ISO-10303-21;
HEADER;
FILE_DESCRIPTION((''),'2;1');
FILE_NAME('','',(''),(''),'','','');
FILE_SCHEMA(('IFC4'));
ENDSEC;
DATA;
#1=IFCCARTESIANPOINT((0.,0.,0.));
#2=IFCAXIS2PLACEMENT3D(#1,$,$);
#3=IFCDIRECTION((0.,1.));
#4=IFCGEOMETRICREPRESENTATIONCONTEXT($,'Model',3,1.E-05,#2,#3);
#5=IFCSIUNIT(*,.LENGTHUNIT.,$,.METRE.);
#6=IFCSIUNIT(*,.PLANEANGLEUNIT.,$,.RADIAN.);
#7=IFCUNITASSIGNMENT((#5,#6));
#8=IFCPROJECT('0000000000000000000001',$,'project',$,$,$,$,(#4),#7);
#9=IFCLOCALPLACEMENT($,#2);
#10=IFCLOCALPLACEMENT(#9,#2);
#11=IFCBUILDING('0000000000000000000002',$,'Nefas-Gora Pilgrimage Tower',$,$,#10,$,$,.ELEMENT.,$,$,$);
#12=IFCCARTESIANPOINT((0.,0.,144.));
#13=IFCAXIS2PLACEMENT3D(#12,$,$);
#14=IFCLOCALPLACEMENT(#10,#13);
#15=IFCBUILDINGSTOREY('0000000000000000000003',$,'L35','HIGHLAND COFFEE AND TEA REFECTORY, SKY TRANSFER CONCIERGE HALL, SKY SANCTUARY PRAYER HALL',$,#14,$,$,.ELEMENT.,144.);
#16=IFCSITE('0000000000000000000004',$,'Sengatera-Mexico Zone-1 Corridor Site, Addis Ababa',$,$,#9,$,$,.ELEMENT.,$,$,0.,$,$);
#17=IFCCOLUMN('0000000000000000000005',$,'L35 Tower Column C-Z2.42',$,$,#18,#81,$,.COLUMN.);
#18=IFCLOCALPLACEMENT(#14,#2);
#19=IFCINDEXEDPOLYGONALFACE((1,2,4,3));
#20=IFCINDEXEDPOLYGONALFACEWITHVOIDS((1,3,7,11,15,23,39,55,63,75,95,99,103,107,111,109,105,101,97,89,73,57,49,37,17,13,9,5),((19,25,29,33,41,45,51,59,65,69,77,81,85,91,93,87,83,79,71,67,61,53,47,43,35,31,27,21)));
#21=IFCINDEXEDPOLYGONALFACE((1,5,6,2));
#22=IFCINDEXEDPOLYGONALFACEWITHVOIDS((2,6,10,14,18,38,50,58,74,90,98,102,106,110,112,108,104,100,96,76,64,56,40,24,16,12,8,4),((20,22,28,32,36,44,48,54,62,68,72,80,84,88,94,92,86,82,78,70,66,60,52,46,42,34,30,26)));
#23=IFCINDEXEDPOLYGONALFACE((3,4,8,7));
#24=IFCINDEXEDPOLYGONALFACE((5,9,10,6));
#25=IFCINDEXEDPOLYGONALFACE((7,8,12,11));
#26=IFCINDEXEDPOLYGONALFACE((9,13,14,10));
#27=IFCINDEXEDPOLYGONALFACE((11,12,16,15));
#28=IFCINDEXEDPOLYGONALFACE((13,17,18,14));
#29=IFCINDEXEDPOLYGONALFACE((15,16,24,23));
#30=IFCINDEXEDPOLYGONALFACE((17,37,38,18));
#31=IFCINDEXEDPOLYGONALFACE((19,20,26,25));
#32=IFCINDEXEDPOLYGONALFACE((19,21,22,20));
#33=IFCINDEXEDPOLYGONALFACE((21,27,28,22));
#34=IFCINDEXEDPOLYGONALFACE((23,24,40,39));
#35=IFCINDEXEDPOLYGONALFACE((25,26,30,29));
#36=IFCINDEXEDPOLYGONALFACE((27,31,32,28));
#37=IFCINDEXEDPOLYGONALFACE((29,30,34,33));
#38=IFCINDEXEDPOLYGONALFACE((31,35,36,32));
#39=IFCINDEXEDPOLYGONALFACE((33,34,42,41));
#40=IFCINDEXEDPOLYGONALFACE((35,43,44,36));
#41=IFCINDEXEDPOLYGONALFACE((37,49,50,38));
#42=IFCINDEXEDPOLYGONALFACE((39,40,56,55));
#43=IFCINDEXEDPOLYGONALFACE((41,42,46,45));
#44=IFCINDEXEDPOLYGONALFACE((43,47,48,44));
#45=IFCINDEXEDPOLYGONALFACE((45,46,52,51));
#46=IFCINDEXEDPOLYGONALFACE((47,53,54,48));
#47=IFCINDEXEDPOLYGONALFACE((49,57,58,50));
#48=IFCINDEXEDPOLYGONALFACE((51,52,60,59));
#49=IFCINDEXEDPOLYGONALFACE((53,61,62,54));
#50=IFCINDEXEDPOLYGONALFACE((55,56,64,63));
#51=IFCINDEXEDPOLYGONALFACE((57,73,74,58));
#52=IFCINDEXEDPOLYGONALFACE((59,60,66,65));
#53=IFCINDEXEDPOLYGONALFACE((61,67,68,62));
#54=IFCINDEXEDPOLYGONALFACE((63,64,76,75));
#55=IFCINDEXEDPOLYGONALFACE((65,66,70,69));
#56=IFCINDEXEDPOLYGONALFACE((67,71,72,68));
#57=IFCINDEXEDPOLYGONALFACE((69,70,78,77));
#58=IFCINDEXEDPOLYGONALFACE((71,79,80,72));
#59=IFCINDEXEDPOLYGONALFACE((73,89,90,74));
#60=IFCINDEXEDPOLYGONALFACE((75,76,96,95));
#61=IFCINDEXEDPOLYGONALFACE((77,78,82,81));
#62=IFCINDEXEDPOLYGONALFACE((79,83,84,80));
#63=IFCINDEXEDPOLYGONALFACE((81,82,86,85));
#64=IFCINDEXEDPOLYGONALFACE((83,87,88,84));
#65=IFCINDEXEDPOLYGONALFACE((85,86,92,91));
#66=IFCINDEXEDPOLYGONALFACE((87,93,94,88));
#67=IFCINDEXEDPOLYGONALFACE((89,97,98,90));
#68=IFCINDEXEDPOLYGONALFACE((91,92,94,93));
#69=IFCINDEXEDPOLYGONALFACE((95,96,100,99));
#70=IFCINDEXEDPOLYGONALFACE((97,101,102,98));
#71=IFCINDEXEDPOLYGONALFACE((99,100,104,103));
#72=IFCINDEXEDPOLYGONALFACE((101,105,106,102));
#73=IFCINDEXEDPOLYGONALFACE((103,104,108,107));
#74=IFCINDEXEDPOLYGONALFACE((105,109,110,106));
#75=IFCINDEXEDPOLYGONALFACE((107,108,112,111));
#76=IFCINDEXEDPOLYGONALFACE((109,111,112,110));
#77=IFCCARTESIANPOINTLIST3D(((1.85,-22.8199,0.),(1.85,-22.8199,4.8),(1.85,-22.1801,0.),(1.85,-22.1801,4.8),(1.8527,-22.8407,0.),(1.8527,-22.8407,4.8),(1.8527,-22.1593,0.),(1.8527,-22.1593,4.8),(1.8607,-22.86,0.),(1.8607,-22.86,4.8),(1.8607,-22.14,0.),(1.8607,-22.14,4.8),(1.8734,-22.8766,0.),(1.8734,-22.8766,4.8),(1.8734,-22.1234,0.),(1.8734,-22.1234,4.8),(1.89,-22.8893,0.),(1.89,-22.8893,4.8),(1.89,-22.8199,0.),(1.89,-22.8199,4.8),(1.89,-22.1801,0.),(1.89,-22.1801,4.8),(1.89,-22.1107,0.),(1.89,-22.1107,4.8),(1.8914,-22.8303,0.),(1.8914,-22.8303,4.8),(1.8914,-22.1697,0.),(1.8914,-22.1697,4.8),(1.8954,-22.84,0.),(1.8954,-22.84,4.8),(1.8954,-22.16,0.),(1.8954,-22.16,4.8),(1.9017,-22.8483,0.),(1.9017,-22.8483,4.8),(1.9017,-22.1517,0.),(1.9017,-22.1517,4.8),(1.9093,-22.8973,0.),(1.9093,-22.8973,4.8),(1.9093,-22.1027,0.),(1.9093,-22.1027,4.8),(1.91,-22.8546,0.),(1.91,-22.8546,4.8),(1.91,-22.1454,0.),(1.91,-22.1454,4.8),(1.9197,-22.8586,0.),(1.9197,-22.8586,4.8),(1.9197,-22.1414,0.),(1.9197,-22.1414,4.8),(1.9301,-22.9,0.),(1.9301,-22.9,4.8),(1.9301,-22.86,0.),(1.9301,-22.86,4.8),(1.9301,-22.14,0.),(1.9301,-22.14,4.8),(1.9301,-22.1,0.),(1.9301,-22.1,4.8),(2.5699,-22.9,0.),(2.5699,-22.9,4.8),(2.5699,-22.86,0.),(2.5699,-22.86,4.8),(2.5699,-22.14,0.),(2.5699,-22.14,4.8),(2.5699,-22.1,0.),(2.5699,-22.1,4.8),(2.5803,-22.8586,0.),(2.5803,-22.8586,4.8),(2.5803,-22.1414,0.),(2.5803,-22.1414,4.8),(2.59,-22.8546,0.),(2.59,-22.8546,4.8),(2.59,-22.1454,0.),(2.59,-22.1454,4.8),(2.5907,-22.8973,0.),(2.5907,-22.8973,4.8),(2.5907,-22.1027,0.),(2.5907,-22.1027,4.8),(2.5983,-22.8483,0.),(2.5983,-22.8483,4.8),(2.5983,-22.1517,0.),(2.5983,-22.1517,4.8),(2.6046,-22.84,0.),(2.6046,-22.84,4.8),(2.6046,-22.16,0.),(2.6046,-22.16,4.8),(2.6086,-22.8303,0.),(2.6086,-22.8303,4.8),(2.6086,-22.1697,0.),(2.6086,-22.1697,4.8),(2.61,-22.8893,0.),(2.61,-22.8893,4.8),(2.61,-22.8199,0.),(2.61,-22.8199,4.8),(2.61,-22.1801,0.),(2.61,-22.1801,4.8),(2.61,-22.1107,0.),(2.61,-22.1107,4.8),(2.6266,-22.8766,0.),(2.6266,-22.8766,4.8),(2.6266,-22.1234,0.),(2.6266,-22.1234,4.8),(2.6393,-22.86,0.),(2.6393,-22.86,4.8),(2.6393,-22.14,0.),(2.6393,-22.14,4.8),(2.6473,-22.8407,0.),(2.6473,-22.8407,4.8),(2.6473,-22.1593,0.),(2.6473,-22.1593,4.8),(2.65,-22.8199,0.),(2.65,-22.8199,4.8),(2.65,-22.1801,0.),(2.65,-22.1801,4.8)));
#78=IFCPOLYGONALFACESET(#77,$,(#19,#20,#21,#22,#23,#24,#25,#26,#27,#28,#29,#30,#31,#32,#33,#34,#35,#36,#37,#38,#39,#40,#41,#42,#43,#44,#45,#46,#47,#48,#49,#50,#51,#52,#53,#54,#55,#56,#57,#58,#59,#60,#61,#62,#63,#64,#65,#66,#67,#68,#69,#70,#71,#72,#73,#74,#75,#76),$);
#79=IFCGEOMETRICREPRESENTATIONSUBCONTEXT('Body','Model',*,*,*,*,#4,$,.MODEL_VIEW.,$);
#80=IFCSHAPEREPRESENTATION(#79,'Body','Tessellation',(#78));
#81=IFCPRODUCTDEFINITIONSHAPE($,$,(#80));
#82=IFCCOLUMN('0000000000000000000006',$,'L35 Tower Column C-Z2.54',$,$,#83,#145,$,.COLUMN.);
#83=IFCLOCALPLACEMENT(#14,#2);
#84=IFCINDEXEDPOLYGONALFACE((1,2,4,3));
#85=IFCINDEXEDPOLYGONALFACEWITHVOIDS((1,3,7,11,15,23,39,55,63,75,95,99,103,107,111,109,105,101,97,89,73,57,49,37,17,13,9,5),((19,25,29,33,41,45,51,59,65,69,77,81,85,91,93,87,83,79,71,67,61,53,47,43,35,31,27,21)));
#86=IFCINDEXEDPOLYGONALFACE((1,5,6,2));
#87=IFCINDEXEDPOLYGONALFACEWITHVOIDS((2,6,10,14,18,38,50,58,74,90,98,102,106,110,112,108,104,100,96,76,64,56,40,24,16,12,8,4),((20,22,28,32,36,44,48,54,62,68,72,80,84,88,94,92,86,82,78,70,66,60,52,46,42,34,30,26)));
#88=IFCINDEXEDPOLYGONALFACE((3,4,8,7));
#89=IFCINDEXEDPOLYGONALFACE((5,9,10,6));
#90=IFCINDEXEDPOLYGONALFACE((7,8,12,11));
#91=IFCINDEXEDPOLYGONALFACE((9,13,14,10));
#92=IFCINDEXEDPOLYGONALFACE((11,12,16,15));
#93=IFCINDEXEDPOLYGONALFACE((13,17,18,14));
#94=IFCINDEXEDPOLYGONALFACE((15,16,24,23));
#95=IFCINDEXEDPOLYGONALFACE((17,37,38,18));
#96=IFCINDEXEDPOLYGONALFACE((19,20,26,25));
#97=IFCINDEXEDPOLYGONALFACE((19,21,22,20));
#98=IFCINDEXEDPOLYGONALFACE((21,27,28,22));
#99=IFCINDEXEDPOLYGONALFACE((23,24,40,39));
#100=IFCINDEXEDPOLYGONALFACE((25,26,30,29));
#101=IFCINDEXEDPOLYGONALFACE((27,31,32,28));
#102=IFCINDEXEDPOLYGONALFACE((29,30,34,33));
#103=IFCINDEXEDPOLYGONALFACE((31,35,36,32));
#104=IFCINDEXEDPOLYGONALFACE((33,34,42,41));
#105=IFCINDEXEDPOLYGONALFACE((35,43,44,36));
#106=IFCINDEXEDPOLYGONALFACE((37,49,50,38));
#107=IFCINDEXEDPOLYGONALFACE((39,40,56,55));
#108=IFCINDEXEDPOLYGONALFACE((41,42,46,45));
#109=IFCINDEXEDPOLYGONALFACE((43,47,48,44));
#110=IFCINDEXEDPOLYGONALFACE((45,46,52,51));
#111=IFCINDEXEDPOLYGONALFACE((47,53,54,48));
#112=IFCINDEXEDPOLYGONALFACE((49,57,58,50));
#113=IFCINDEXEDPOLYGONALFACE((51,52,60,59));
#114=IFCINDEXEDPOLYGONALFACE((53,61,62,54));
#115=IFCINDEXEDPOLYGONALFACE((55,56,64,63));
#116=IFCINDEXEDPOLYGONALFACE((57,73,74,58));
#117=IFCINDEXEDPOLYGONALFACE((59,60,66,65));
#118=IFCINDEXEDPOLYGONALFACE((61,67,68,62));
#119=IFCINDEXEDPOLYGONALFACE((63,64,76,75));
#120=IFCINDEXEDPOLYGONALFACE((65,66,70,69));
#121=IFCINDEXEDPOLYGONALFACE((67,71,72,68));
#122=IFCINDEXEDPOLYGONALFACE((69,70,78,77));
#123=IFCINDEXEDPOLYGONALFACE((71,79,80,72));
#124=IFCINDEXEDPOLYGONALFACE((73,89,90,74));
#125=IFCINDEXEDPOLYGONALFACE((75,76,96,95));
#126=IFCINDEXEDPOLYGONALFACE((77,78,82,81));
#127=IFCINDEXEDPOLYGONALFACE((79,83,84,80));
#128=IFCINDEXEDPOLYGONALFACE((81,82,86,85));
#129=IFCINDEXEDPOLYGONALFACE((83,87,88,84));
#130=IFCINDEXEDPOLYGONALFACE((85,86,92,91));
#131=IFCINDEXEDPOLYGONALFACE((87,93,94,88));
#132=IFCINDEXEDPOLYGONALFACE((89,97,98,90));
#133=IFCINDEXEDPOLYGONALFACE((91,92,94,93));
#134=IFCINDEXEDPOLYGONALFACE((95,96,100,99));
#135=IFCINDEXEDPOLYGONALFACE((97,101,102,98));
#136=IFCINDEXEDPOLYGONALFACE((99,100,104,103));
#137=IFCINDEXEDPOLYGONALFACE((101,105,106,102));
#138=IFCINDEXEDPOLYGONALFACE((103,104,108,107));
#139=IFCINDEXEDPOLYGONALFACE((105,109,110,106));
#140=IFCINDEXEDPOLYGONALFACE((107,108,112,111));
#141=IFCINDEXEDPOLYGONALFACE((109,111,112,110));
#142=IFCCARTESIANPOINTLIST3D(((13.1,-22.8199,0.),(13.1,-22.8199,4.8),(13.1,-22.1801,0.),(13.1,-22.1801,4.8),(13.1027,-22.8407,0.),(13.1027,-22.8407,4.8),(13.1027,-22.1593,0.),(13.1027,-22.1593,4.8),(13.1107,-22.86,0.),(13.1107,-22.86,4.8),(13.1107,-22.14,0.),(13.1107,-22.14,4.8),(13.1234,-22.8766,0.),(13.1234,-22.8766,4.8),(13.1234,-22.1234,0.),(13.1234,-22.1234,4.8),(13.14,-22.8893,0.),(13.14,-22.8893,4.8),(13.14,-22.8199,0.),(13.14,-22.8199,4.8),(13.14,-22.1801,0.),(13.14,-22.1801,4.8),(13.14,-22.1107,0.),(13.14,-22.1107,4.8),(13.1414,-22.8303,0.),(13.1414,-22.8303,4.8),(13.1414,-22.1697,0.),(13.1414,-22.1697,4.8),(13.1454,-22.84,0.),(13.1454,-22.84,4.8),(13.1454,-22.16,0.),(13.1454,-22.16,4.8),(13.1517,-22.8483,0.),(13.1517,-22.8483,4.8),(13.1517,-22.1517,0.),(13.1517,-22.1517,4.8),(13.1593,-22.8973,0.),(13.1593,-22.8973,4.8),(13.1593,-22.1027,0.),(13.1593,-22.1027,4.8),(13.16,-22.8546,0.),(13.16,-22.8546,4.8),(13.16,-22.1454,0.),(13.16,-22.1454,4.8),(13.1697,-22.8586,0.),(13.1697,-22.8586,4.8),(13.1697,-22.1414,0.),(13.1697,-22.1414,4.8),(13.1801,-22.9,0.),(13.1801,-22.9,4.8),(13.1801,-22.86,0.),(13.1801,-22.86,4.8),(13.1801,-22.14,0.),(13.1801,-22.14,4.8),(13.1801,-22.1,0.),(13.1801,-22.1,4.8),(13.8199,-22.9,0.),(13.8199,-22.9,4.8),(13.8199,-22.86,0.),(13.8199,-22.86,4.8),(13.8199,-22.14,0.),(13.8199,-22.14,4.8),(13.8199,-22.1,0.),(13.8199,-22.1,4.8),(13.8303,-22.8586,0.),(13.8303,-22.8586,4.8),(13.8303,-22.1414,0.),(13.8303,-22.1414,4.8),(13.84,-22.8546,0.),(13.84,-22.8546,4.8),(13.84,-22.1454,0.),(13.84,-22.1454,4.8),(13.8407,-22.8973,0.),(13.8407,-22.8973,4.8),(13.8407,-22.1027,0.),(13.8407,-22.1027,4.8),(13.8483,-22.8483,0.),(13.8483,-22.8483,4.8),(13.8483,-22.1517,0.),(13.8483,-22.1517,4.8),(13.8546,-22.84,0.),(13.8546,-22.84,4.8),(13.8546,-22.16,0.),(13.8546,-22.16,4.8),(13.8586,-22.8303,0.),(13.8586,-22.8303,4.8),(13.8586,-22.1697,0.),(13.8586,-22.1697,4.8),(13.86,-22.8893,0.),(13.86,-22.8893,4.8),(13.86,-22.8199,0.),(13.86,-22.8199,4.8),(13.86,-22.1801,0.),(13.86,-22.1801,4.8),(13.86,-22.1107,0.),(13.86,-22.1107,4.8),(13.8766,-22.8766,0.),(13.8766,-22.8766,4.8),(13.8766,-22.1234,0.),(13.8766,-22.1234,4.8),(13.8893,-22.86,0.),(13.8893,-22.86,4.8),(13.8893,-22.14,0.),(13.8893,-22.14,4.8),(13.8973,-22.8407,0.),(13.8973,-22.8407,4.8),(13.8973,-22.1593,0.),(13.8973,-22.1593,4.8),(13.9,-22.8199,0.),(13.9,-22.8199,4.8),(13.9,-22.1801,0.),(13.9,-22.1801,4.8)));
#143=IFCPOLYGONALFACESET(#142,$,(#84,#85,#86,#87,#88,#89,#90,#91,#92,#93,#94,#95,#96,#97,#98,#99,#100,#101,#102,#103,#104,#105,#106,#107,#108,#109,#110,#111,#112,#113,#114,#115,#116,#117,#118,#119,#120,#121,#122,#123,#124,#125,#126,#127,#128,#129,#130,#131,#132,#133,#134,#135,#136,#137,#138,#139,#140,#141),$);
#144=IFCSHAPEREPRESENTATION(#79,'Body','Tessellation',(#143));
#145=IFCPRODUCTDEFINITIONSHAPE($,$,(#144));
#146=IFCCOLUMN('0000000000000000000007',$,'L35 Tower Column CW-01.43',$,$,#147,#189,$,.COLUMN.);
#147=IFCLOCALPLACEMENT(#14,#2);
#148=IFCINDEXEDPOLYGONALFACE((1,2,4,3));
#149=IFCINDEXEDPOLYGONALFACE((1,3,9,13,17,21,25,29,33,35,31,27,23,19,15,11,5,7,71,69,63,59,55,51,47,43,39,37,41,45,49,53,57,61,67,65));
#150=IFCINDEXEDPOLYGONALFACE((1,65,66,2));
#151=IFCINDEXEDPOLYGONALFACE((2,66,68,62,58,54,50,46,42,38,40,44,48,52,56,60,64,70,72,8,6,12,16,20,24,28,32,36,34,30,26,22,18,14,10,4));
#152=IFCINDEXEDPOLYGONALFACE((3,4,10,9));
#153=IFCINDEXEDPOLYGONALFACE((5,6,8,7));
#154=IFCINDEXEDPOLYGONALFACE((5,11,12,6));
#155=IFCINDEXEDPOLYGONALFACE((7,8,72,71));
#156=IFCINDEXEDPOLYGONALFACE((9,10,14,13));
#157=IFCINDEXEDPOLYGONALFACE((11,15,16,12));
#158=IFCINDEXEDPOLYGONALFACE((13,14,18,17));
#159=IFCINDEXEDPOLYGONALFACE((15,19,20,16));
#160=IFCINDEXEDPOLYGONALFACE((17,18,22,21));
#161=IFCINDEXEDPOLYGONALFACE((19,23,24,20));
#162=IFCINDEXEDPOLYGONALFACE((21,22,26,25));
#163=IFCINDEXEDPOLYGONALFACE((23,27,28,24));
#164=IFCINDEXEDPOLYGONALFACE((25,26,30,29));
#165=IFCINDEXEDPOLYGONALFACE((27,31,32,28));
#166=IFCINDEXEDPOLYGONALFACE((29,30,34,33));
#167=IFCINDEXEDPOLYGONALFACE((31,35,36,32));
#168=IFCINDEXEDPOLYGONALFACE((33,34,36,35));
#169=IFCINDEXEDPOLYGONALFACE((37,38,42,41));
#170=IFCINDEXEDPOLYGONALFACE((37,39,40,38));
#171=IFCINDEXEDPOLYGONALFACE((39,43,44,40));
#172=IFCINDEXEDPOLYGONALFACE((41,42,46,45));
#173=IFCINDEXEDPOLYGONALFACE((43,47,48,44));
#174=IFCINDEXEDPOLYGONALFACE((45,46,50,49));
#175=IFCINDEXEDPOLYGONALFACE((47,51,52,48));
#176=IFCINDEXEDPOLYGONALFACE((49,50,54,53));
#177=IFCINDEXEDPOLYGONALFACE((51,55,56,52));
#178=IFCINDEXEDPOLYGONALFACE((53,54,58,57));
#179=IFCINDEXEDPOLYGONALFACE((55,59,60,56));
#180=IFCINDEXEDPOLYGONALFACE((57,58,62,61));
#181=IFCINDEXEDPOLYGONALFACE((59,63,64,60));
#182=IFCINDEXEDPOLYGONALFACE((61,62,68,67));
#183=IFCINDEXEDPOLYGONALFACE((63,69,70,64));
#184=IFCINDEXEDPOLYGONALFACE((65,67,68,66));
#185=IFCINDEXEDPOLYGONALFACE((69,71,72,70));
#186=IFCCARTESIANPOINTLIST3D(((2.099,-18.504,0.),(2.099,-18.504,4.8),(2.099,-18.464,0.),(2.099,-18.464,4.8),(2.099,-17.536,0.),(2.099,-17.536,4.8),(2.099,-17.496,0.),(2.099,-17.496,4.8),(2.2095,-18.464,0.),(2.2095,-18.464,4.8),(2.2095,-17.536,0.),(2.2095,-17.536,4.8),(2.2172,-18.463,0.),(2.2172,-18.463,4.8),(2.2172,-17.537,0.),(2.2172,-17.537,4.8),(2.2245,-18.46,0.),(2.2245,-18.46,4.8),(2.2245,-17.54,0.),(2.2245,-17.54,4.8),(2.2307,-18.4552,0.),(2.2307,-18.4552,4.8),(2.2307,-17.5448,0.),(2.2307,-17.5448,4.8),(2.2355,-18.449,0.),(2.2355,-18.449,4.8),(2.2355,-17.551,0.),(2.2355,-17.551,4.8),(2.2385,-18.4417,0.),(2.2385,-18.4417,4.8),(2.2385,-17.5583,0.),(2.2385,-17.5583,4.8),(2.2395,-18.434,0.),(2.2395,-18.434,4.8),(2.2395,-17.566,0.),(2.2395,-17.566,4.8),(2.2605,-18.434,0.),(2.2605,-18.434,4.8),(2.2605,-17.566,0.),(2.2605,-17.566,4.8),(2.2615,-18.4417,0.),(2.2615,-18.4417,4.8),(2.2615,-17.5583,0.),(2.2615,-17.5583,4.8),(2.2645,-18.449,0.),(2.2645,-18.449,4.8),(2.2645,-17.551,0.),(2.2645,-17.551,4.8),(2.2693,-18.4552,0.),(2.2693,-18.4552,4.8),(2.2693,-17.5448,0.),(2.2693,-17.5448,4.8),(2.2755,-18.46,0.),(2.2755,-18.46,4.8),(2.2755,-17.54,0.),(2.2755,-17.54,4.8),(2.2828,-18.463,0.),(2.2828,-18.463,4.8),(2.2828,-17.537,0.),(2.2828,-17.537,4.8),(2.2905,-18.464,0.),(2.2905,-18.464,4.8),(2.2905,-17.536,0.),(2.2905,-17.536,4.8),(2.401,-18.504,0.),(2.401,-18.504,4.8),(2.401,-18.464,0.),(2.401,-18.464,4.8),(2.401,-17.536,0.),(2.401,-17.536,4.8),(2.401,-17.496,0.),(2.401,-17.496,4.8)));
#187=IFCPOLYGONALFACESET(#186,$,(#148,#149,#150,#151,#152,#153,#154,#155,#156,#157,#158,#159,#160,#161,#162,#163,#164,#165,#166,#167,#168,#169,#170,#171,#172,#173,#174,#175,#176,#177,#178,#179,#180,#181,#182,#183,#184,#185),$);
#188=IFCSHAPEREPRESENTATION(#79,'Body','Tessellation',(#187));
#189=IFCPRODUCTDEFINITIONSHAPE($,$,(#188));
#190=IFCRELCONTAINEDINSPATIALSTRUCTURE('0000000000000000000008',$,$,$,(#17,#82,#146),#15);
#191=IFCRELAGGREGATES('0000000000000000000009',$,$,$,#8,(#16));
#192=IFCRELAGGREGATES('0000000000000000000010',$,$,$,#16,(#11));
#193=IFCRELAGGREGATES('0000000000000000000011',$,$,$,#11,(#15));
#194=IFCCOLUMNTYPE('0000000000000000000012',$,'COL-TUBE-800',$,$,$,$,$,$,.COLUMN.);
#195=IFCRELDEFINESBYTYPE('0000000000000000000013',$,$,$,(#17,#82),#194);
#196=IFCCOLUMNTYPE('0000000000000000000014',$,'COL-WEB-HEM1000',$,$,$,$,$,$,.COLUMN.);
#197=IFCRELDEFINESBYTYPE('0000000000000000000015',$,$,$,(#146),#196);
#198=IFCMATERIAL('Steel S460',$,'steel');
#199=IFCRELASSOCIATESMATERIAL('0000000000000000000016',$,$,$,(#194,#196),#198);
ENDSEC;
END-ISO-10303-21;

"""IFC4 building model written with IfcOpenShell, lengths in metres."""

from ifc_helpers import new_model, si_unit, direction, frame, origin, origin_2d, place, context, subcontext, project, spatial, hollow_rectangle, i_section, extrude, source, transform, mapped, material, material_profile, profile_set, type_object, element, save


model = new_model("IFC4")

# Units and contexts
model_context = context("Model", 3, precision=1e-05, world=origin(), true_north=direction((0.0, 1.0)))
body_context = subcontext(model_context, "Body", "Model", "MODEL_VIEW")
ifc_project = project(units=[si_unit("LENGTHUNIT", "METRE"), si_unit("PLANEANGLEUNIT", "RADIAN")], contexts=[model_context])

# Site, building, storey
site_placement = place(None, origin())
site = spatial("IfcSite", under=ifc_project, at=site_placement, Name="Sengatera-Mexico Zone-1 Corridor Site, Addis Ababa", CompositionType="ELEMENT", RefElevation=0.0)
building_placement = place(site_placement, origin())
building = spatial("IfcBuilding", under=site, at=building_placement, Name="Nefas-Gora Pilgrimage Tower", CompositionType="ELEMENT")
storey_placement = place(building_placement, frame((0.0, 0.0, 144.0)))
storey = spatial("IfcBuildingStorey", under=building, at=storey_placement, Name="L35", Description="HIGHLAND COFFEE AND TEA REFECTORY, SKY TRANSFER CONCIERGE HALL, SKY SANCTUARY PRAYER HALL", CompositionType="ELEMENT", Elevation=144.0)

# Columns
ifc_material_1 = material(Name="Steel S460", Category="steel")
ifc_material_profile_1 = material_profile(ifc_material_1, hollow_rectangle(XDim=0.8, YDim=0.8, WallThickness=0.04, InnerFilletRadius=0.04, OuterFilletRadius=0.0801, at=origin_2d()), Name="BOX 800x800x40")
ifc_profile_set_1 = profile_set([ifc_material_profile_1], Name="Steel S460")
column_type_1 = type_object("IfcColumnType", Name="COL-TUBE-800", PredefinedType="COLUMN", material=ifc_profile_set_1)
shared_shape_1 = source(origin(), body_context, "Body", "SweptSolid", [
    extrude(hollow_rectangle(XDim=0.8, YDim=0.8, WallThickness=0.04, InnerFilletRadius=0.04, OuterFilletRadius=0.0801, at=origin_2d()), origin(), (0.0, 0.0, 1.0), 4.8),
])
for number, where, z_axis, x_axis, name in (
    (1, (2.25, -22.5, 0.0), (0.0, 0.0, 1.0), (1.0, 0.0, 0.0), "L35 Tower Column C-Z2.42"),
    (2, (13.5, -22.5, 0.0), (0.0, 0.0, 1.0), (1.0, 0.0, 0.0), "L35 Tower Column C-Z2.54"),
):
    element("IfcColumn", number, at=place(storey_placement, frame(where, z_axis=z_axis, x_axis=x_axis)), inside=storey, type_object=column_type_1, Name=name, PredefinedType="COLUMN", context=body_context, shape_type="MappedRepresentation", body=[
        mapped(shared_shape_1, transform((0.0, 0.0, 0.0), x_axis=(1.0, 0.0, 0.0), y_axis=(0.0, 1.0, 0.0), z_axis=(0.0, 0.0, 1.0), scale=1.0)),
    ])
ifc_material_profile_2 = material_profile(ifc_material_1, i_section(OverallWidth=0.302, OverallDepth=1.0081, WebThickness=0.021, FlangeThickness=0.04, FilletRadius=0.03, at=origin_2d()), Name="HEM 1000")
ifc_profile_set_2 = profile_set([ifc_material_profile_2], Name="Steel S460")
column_type_2 = type_object("IfcColumnType", Name="COL-WEB-HEM1000", PredefinedType="COLUMN", material=ifc_profile_set_2)
shared_shape_2 = source(origin(), body_context, "Body", "SweptSolid", [
    extrude(i_section(OverallWidth=0.302, OverallDepth=1.0081, WebThickness=0.021, FlangeThickness=0.04, FilletRadius=0.03, at=origin_2d()), origin(), (0.0, 0.0, 1.0), 4.8),
])
for number, where, z_axis, x_axis, name in (
    (3, (2.25, -18.0, 0.0), (0.0, 0.0, 1.0), (1.0, 0.0, 0.0), "L35 Tower Column CW-01.43"),
):
    element("IfcColumn", number, at=place(storey_placement, frame(where, z_axis=z_axis, x_axis=x_axis)), inside=storey, type_object=column_type_2, Name=name, PredefinedType="COLUMN", context=body_context, shape_type="MappedRepresentation", body=[
        mapped(shared_shape_2, transform((0.0, 0.0, 0.0), x_axis=(1.0, 0.0, 0.0), y_axis=(0.0, 1.0, 0.0), z_axis=(0.0, 0.0, 1.0), scale=1.0)),
    ])

save(model, "model.ifc")
